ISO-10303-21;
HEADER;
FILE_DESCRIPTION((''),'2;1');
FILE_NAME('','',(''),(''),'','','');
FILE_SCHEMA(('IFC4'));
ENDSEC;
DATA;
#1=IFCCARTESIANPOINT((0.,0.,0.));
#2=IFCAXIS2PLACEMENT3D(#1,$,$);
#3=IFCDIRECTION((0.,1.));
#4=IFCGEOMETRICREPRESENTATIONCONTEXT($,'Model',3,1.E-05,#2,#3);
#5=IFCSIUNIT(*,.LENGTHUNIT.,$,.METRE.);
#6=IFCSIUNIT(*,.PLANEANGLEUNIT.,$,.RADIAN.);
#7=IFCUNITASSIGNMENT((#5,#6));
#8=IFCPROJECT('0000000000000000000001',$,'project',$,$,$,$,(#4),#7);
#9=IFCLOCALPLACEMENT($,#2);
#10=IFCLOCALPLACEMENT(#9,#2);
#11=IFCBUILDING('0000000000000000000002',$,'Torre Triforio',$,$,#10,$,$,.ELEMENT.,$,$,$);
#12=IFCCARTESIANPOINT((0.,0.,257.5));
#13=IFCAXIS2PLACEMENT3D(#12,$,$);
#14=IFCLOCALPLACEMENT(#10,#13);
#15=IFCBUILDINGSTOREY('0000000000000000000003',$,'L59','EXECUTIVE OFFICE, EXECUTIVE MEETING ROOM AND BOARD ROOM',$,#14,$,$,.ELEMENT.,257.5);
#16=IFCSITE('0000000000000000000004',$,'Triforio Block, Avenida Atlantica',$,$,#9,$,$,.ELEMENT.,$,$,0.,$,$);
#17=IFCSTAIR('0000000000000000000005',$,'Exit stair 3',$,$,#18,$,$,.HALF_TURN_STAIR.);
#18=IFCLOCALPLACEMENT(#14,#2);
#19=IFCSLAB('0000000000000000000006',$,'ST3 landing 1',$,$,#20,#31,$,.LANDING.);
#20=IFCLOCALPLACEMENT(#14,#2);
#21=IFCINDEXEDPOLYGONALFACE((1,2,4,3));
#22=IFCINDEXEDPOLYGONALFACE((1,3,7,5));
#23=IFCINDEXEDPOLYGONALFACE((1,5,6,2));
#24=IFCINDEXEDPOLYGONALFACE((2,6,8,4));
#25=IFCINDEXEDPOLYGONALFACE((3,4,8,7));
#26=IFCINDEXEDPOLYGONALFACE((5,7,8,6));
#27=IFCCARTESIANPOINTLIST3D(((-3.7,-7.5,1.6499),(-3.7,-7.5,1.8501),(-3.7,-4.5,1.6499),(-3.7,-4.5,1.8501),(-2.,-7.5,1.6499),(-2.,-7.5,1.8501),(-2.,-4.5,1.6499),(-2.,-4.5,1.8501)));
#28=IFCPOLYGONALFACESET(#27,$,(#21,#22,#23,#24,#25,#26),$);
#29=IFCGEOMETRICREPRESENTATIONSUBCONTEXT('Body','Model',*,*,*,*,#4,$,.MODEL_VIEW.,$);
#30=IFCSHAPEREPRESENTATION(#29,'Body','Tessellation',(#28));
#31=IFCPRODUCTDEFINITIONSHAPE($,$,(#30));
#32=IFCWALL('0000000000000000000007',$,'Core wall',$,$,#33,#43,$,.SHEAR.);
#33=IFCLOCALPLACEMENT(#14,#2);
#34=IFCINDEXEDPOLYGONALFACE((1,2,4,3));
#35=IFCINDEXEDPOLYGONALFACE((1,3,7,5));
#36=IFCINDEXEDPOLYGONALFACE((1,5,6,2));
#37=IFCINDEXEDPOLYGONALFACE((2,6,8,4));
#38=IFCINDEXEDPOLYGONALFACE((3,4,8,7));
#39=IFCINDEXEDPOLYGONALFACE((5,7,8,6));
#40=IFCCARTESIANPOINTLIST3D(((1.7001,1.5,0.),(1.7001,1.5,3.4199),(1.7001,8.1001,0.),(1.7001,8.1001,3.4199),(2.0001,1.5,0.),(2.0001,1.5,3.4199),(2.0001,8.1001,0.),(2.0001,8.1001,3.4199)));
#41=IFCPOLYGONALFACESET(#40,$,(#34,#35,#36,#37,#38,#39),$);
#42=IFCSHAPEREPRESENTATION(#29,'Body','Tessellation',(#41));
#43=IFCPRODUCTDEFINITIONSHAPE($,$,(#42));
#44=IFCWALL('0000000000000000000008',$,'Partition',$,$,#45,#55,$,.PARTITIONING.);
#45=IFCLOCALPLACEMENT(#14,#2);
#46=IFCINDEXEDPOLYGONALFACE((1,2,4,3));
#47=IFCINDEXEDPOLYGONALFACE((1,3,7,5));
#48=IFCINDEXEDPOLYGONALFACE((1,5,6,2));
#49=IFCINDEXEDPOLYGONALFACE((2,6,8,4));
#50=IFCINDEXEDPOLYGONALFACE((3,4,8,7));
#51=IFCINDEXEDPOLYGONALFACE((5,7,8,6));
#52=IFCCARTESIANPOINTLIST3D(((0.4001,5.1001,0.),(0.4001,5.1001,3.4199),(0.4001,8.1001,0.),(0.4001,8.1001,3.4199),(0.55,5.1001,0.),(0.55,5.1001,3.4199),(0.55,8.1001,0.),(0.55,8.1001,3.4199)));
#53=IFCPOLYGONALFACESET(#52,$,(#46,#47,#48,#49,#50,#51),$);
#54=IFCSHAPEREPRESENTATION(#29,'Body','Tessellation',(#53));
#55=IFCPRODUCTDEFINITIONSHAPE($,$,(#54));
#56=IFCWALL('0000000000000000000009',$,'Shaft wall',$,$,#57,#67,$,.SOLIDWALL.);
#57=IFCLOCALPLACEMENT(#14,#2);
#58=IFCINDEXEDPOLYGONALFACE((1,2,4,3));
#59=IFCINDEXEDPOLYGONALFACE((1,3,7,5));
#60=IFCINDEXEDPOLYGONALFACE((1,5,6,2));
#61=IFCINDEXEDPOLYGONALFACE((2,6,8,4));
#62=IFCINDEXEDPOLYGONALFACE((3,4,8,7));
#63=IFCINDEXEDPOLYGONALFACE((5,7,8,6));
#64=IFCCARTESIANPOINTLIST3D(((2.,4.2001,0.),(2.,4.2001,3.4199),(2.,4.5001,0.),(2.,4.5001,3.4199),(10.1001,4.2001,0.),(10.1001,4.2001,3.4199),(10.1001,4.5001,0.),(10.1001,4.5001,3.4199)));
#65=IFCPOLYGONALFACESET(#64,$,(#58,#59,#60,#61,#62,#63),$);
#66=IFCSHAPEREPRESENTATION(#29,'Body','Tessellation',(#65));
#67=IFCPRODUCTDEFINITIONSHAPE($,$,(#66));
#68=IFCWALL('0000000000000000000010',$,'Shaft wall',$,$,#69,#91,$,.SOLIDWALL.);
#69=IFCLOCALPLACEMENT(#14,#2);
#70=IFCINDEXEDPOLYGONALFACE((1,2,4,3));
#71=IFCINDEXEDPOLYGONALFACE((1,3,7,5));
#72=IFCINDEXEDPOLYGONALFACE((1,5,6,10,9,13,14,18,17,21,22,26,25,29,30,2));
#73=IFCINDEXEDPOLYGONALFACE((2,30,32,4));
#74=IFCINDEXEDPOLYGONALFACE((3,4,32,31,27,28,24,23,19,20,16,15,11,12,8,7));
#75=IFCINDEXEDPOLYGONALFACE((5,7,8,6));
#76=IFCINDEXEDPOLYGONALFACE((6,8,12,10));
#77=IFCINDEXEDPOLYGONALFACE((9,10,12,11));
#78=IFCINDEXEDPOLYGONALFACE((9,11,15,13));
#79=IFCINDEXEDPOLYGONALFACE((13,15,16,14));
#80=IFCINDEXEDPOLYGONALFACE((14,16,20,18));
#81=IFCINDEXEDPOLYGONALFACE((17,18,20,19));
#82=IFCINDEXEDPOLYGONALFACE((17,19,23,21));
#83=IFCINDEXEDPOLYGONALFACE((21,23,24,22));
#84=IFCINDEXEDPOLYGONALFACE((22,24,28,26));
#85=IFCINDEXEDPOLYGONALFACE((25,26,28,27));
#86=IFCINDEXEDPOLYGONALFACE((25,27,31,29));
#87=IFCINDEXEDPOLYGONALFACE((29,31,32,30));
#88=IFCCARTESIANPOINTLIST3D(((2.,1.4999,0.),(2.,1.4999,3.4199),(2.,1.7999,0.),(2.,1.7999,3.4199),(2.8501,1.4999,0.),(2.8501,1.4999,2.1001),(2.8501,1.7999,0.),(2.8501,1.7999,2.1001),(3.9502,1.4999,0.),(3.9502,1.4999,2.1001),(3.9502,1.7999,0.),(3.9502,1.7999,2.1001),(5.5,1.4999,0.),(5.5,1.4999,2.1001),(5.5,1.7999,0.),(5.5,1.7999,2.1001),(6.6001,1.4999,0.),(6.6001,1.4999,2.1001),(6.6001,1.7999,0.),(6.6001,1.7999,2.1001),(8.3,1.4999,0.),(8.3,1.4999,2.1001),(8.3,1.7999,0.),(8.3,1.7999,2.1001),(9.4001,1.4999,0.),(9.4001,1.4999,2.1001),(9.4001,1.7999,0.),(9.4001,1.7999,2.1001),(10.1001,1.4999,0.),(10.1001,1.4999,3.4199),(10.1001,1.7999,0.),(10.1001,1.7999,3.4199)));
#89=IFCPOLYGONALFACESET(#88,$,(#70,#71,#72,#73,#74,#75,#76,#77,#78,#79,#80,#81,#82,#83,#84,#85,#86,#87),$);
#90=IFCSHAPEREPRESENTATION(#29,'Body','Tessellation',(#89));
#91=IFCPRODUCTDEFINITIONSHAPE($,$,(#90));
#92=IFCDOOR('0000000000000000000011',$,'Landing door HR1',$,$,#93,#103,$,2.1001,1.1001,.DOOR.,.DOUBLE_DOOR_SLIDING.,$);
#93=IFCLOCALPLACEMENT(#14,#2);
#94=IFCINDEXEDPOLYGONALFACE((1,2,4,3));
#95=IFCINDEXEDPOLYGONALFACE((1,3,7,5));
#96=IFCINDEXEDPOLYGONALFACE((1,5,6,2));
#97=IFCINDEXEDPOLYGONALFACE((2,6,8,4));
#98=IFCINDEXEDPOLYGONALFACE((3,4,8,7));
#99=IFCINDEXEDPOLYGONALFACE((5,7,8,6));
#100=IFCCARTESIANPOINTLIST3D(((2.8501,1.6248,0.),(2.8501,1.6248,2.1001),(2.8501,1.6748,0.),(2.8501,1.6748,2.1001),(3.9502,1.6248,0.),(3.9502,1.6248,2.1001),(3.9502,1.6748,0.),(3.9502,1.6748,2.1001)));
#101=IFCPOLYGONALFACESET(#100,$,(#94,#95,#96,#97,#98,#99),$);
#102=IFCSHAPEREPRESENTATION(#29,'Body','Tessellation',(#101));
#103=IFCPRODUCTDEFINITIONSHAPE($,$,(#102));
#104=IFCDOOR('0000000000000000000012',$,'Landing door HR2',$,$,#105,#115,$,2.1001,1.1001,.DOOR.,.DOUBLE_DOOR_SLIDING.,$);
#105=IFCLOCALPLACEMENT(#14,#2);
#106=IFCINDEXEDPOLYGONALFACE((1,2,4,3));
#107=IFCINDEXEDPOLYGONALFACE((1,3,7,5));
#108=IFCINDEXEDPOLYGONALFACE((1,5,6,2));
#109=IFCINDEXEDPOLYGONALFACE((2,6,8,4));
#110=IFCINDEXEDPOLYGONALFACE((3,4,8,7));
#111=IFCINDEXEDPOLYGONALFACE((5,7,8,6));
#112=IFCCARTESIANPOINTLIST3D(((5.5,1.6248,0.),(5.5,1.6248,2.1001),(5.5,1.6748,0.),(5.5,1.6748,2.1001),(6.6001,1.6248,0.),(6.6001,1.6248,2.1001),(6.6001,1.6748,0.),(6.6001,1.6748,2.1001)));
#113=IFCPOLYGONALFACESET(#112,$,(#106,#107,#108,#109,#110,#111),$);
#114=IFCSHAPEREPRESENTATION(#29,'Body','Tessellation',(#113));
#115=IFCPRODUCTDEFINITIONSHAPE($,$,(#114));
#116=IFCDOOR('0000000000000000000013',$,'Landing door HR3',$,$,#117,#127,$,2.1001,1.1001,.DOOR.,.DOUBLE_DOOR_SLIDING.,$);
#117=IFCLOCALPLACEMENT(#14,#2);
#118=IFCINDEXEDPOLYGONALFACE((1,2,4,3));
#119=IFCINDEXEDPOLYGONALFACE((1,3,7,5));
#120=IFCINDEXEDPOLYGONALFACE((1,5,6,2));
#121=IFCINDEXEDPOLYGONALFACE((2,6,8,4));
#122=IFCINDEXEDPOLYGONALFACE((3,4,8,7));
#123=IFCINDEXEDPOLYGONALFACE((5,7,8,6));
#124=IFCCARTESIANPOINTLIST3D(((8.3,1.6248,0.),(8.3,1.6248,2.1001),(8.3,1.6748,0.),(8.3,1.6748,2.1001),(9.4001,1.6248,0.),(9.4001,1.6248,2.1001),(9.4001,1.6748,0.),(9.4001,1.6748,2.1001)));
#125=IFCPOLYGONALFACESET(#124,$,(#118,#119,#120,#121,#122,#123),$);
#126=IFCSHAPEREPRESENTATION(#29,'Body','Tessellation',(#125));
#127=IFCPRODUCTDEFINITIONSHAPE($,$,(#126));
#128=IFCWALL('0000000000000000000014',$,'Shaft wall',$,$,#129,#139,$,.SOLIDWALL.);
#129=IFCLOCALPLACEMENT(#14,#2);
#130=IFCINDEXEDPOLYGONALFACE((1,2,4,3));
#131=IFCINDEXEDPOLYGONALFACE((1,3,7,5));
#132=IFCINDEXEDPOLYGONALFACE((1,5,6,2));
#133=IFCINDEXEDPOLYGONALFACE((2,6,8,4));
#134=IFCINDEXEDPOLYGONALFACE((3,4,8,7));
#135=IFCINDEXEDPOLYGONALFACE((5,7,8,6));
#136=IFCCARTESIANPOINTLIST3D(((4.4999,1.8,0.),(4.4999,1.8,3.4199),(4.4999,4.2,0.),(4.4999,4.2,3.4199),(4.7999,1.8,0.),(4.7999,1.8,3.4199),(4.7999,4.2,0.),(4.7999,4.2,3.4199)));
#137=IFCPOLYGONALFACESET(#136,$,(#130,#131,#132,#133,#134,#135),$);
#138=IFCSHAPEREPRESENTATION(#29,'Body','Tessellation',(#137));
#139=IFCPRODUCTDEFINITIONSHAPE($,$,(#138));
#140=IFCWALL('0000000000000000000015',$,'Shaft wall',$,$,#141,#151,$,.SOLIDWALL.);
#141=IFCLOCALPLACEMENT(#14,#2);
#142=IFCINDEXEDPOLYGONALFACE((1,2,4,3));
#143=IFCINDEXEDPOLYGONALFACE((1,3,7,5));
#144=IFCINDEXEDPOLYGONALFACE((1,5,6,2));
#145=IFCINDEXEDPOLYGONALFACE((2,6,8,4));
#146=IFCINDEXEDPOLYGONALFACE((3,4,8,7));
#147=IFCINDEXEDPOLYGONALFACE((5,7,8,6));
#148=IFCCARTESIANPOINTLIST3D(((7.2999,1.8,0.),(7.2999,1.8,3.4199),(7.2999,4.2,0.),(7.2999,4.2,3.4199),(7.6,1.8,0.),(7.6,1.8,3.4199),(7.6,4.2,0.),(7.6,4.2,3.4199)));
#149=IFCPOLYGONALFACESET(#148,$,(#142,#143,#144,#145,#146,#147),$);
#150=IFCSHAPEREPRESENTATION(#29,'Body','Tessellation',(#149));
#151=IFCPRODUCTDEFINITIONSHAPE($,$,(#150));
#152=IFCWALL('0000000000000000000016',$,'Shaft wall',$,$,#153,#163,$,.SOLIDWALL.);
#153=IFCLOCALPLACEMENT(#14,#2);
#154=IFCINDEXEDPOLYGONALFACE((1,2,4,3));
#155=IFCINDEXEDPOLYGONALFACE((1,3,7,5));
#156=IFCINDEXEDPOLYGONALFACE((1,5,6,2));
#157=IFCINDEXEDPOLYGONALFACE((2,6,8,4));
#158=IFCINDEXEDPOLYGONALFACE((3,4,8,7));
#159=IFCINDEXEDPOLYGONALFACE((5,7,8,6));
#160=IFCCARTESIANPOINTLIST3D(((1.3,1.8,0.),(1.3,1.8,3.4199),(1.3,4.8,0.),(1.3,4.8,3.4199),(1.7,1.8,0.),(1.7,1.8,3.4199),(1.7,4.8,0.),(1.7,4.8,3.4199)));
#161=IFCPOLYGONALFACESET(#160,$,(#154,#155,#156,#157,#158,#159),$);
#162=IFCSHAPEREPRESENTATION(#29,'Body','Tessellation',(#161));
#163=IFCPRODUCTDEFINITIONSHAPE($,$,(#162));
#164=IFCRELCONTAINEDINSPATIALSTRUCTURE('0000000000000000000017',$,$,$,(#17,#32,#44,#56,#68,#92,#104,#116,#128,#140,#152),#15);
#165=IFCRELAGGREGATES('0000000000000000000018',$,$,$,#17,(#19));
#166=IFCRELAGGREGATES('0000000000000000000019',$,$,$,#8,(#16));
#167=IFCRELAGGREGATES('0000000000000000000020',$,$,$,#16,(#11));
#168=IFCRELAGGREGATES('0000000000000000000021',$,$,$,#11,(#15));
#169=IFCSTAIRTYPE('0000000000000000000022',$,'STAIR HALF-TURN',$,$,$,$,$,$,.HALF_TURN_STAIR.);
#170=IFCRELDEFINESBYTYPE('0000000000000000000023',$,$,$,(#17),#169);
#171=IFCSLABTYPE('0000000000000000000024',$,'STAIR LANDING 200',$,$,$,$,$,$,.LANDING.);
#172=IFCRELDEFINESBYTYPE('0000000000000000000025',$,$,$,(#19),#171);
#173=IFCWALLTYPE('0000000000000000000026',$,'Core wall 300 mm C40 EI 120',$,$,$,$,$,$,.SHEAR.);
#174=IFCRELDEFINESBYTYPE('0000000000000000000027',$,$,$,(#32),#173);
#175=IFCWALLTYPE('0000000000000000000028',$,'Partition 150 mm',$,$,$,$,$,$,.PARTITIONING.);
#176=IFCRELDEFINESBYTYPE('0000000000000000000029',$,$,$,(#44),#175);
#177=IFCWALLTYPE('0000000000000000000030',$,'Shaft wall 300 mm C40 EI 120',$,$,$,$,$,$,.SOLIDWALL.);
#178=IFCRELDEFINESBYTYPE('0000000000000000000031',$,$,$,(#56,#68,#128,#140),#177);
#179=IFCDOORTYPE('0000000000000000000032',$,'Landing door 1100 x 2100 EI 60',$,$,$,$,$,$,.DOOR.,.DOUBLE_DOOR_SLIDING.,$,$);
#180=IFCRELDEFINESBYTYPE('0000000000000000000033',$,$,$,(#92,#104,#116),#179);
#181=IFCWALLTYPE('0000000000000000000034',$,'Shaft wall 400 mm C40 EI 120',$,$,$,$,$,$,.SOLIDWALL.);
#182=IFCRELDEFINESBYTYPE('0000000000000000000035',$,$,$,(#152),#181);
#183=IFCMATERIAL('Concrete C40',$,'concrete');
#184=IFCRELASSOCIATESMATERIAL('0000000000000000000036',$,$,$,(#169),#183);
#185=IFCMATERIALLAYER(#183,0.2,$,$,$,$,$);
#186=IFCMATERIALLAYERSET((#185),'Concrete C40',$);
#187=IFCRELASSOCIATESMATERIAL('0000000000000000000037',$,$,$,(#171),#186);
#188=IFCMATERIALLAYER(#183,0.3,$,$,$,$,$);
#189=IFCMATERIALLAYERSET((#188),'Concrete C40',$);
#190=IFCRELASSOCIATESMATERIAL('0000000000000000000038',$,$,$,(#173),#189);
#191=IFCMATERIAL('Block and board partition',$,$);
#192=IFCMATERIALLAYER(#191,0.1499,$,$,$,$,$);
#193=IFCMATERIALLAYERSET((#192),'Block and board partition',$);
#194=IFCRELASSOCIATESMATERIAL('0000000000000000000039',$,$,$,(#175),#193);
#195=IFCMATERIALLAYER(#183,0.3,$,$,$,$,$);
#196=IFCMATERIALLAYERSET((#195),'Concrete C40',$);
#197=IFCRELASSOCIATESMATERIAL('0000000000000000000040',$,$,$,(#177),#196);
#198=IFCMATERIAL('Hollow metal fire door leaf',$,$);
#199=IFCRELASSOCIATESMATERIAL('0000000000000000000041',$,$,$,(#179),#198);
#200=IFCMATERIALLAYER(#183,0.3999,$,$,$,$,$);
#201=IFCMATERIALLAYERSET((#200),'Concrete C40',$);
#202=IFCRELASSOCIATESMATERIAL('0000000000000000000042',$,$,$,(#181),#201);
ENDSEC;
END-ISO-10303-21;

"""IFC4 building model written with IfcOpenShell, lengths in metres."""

from ifc_helpers import new_model, si_unit, direction, frame, frame_2d, origin, place, context, subcontext, project, spatial, polyline, rectangle, outline, extrude, material, layer, layer_set, type_object, element, fill, aggregate, save


model = new_model("IFC4")

# Units and contexts
model_context = context("Model", 3, precision=1e-05, world=origin(), true_north=direction((0.0, 1.0)))
body_context = subcontext(model_context, "Body", "Model", "MODEL_VIEW")
ifc_project = project(units=[si_unit("LENGTHUNIT", "METRE"), si_unit("PLANEANGLEUNIT", "RADIAN")], contexts=[model_context])

# Site, building, storey
site_placement = place(None, origin())
site = spatial("IfcSite", under=ifc_project, at=site_placement, Name="Triforio Block, Avenida Atlantica", CompositionType="ELEMENT", RefElevation=0.0)
building_placement = place(site_placement, origin())
building = spatial("IfcBuilding", under=site, at=building_placement, Name="Torre Triforio", CompositionType="ELEMENT")
storey_placement = place(building_placement, frame((0.0, 0.0, 257.5)))
storey = spatial("IfcBuildingStorey", under=building, at=storey_placement, Name="L59", Description="EXECUTIVE OFFICE, EXECUTIVE MEETING ROOM AND BOARD ROOM", CompositionType="ELEMENT", Elevation=257.5)

# Stair, slab
ifc_material_1 = material(Name="Concrete C40", Category="concrete")
stair_type = type_object("IfcStairType", Name="STAIR HALF-TURN", PredefinedType="HALF_TURN_STAIR", material=ifc_material_1)
stair_1_placement = place(storey_placement, origin())
stair_1 = element("IfcStair", 1, at=stair_1_placement, inside=storey, type_object=stair_type, Name="Exit stair 3", PredefinedType="HALF_TURN_STAIR")
ifc_layer_1 = layer(ifc_material_1, 0.2)
ifc_layer_set_1 = layer_set([ifc_layer_1], Name="Concrete C40")
slab_type = type_object("IfcSlabType", Name="STAIR LANDING 200", PredefinedType="LANDING", material=ifc_layer_set_1)
slab_placement = place(storey_placement, frame((0.0, 0.0, 1.6499)))
slab = element("IfcSlab", 2, at=slab_placement, type_object=slab_type, Name="ST3 landing 1", PredefinedType="LANDING", context=body_context, shape_type="SweptSolid", body=[
    extrude(outline(polyline([(-2.0, -7.5), (-2.0, -4.5), (-3.7, -4.5), (-3.7, -7.5), (-2.0, -7.5)])), origin(), (0.0, 0.0, 1.0), 0.2002),
])
aggregate(stair_1, [slab])

# Walls
ifc_layer_2 = layer(ifc_material_1, 0.3)
ifc_layer_set_2 = layer_set([ifc_layer_2], Name="Concrete C40")
wall_type_1 = type_object("IfcWallType", Name="Core wall 300 mm C40 EI 120", PredefinedType="SHEAR", material=ifc_layer_set_2)
wall_1_placement = place(storey_placement, frame((1.8501, 1.5, 0.0), z_axis=(0.0, 0.0, 1.0), x_axis=(0.0, 1.0, 0.0)))
element("IfcWall", 3, at=wall_1_placement, inside=storey, type_object=wall_type_1, Name="Core wall", PredefinedType="SHEAR", context=body_context, shape_type="SweptSolid", body=[
    extrude(rectangle(XDim=6.6001, YDim=0.3, at=frame_2d((3.3, 0.0))), origin(), (0.0, 0.0, 1.0), 3.4199),
])
ifc_material_2 = material(Name="Block and board partition")
ifc_layer_3 = layer(ifc_material_2, 0.1499)
ifc_layer_set_3 = layer_set([ifc_layer_3], Name="Block and board partition")
wall_type_2 = type_object("IfcWallType", Name="Partition 150 mm", PredefinedType="PARTITIONING", material=ifc_layer_set_3)
wall_2_placement = place(storey_placement, frame((0.4751, 5.1001, 0.0), z_axis=(0.0, 0.0, 1.0), x_axis=(0.0, 1.0, 0.0)))
element("IfcWall", 4, at=wall_2_placement, inside=storey, type_object=wall_type_2, Name="Partition", PredefinedType="PARTITIONING", context=body_context, shape_type="SweptSolid", body=[
    extrude(rectangle(XDim=3.0, YDim=0.1499, at=frame_2d((1.5, 0.0))), origin(), (0.0, 0.0, 1.0), 3.4199),
])
ifc_layer_4 = layer(ifc_material_1, 0.3)
ifc_layer_set_4 = layer_set([ifc_layer_4], Name="Concrete C40")
wall_type_3 = type_object("IfcWallType", Name="Shaft wall 300 mm C40 EI 120", PredefinedType="SOLIDWALL", material=ifc_layer_set_4)
wall_3_placement = place(storey_placement, frame((2.0, 4.3501, 0.0), z_axis=(0.0, 0.0, 1.0), x_axis=(1.0, 0.0, 0.0)))
element("IfcWall", 5, at=wall_3_placement, inside=storey, type_object=wall_type_3, Name="Shaft wall", PredefinedType="SOLIDWALL", context=body_context, shape_type="SweptSolid", body=[
    extrude(rectangle(XDim=8.1001, YDim=0.3, at=frame_2d((4.05, 0.0))), origin(), (0.0, 0.0, 1.0), 3.4199),
])

# Wall, openings, doors
wall_4_placement = place(storey_placement, frame((2.0, 1.6499, 0.0), z_axis=(0.0, 0.0, 1.0), x_axis=(1.0, 0.0, 0.0)))
wall_4 = element("IfcWall", 6, at=wall_4_placement, inside=storey, type_object=wall_type_3, Name="Shaft wall", PredefinedType="SOLIDWALL", context=body_context, shape_type="SweptSolid", body=[
    extrude(rectangle(XDim=8.1001, YDim=0.3, at=frame_2d((4.05, 0.0))), origin(), (0.0, 0.0, 1.0), 3.4199),
])
opening_1_placement = place(wall_4_placement, frame((0.8501, 0.0, 0.0)))
opening_1 = element("IfcOpeningElement", 7, at=opening_1_placement, cuts=wall_4, PredefinedType="OPENING", context=body_context, shape_type="SweptSolid", body=[
    extrude(rectangle(XDim=1.1001, YDim=2.1001, at=frame_2d((0.55, 1.05))), frame((0.0, 0.1599, 0.0), z_axis=(0.0, -1.0, 0.0), x_axis=(1.0, 0.0, 0.0)), (0.0, 0.0, 1.0), 0.3201),
])
opening_2_placement = place(wall_4_placement, frame((3.5, 0.0, 0.0)))
opening_2 = element("IfcOpeningElement", 8, at=opening_2_placement, cuts=wall_4, PredefinedType="OPENING", context=body_context, shape_type="SweptSolid", body=[
    extrude(rectangle(XDim=1.1001, YDim=2.1001, at=frame_2d((0.55, 1.05))), frame((0.0, 0.1599, 0.0), z_axis=(0.0, -1.0, 0.0), x_axis=(1.0, 0.0, 0.0)), (0.0, 0.0, 1.0), 0.3201),
])
opening_3_placement = place(wall_4_placement, frame((6.3, 0.0, 0.0)))
opening_3 = element("IfcOpeningElement", 9, at=opening_3_placement, cuts=wall_4, PredefinedType="OPENING", context=body_context, shape_type="SweptSolid", body=[
    extrude(rectangle(XDim=1.1001, YDim=2.1001, at=frame_2d((0.55, 1.05))), frame((0.0, 0.1599, 0.0), z_axis=(0.0, -1.0, 0.0), x_axis=(1.0, 0.0, 0.0)), (0.0, 0.0, 1.0), 0.3201),
])
ifc_material_3 = material(Name="Hollow metal fire door leaf")
door_type_1 = type_object("IfcDoorType", Name="Landing door 1100 x 2100 EI 60", OperationType="DOUBLE_DOOR_SLIDING", PredefinedType="DOOR", material=ifc_material_3)
door_1_placement = place(opening_1_placement, origin())
door_1 = element("IfcDoor", 10, at=door_1_placement, inside=storey, type_object=door_type_1, Name="Landing door HR1", OperationType="DOUBLE_DOOR_SLIDING", OverallHeight=2.1001, OverallWidth=1.1001, PredefinedType="DOOR", context=body_context, shape_type="SweptSolid", body=[
    extrude(rectangle(XDim=1.1001, YDim=2.1001, at=frame_2d((0.55, 1.05))), frame((0.0, 0.0249, 0.0), z_axis=(0.0, -1.0, 0.0), x_axis=(1.0, 0.0, 0.0)), (0.0, 0.0, 1.0), 0.05),
])
fill(opening_1, door_1)
door_2_placement = place(opening_2_placement, origin())
door_2 = element("IfcDoor", 11, at=door_2_placement, inside=storey, type_object=door_type_1, Name="Landing door HR2", OperationType="DOUBLE_DOOR_SLIDING", OverallHeight=2.1001, OverallWidth=1.1001, PredefinedType="DOOR", context=body_context, shape_type="SweptSolid", body=[
    extrude(rectangle(XDim=1.1001, YDim=2.1001, at=frame_2d((0.55, 1.05))), frame((0.0, 0.0249, 0.0), z_axis=(0.0, -1.0, 0.0), x_axis=(1.0, 0.0, 0.0)), (0.0, 0.0, 1.0), 0.05),
])
fill(opening_2, door_2)
door_3_placement = place(opening_3_placement, origin())
door_3 = element("IfcDoor", 12, at=door_3_placement, inside=storey, type_object=door_type_1, Name="Landing door HR3", OperationType="DOUBLE_DOOR_SLIDING", OverallHeight=2.1001, OverallWidth=1.1001, PredefinedType="DOOR", context=body_context, shape_type="SweptSolid", body=[
    extrude(rectangle(XDim=1.1001, YDim=2.1001, at=frame_2d((0.55, 1.05))), frame((0.0, 0.0249, 0.0), z_axis=(0.0, -1.0, 0.0), x_axis=(1.0, 0.0, 0.0)), (0.0, 0.0, 1.0), 0.05),
])
fill(opening_3, door_3)

# Walls
for number, where, z_axis, x_axis, name in (
    (13, (4.6499, 1.8, 0.0), (0.0, 0.0, 1.0), (0.0, 1.0, 0.0), "Shaft wall"),
    (14, (7.45, 1.8, 0.0), (0.0, 0.0, 1.0), (0.0, 1.0, 0.0), "Shaft wall"),
):
    element("IfcWall", number, at=place(storey_placement, frame(where, z_axis=z_axis, x_axis=x_axis)), inside=storey, type_object=wall_type_3, Name=name, PredefinedType="SOLIDWALL", context=body_context, shape_type="SweptSolid", body=[
        extrude(rectangle(XDim=2.3999, YDim=0.3, at=frame_2d((1.2, 0.0))), origin(), (0.0, 0.0, 1.0), 3.4199),
    ])
ifc_layer_5 = layer(ifc_material_1, 0.3999)
ifc_layer_set_5 = layer_set([ifc_layer_5], Name="Concrete C40")
wall_type_4 = type_object("IfcWallType", Name="Shaft wall 400 mm C40 EI 120", PredefinedType="SOLIDWALL", material=ifc_layer_set_5)
wall_5_placement = place(storey_placement, frame((1.5, 1.8, 0.0), z_axis=(0.0, 0.0, 1.0), x_axis=(0.0, 1.0, 0.0)))
element("IfcWall", 15, at=wall_5_placement, inside=storey, type_object=wall_type_4, Name="Shaft wall", PredefinedType="SOLIDWALL", context=body_context, shape_type="SweptSolid", body=[
    extrude(rectangle(XDim=3.0, YDim=0.3999, at=frame_2d((1.5, 0.0))), origin(), (0.0, 0.0, 1.0), 3.4199),
])

save(model, "model.ifc")
